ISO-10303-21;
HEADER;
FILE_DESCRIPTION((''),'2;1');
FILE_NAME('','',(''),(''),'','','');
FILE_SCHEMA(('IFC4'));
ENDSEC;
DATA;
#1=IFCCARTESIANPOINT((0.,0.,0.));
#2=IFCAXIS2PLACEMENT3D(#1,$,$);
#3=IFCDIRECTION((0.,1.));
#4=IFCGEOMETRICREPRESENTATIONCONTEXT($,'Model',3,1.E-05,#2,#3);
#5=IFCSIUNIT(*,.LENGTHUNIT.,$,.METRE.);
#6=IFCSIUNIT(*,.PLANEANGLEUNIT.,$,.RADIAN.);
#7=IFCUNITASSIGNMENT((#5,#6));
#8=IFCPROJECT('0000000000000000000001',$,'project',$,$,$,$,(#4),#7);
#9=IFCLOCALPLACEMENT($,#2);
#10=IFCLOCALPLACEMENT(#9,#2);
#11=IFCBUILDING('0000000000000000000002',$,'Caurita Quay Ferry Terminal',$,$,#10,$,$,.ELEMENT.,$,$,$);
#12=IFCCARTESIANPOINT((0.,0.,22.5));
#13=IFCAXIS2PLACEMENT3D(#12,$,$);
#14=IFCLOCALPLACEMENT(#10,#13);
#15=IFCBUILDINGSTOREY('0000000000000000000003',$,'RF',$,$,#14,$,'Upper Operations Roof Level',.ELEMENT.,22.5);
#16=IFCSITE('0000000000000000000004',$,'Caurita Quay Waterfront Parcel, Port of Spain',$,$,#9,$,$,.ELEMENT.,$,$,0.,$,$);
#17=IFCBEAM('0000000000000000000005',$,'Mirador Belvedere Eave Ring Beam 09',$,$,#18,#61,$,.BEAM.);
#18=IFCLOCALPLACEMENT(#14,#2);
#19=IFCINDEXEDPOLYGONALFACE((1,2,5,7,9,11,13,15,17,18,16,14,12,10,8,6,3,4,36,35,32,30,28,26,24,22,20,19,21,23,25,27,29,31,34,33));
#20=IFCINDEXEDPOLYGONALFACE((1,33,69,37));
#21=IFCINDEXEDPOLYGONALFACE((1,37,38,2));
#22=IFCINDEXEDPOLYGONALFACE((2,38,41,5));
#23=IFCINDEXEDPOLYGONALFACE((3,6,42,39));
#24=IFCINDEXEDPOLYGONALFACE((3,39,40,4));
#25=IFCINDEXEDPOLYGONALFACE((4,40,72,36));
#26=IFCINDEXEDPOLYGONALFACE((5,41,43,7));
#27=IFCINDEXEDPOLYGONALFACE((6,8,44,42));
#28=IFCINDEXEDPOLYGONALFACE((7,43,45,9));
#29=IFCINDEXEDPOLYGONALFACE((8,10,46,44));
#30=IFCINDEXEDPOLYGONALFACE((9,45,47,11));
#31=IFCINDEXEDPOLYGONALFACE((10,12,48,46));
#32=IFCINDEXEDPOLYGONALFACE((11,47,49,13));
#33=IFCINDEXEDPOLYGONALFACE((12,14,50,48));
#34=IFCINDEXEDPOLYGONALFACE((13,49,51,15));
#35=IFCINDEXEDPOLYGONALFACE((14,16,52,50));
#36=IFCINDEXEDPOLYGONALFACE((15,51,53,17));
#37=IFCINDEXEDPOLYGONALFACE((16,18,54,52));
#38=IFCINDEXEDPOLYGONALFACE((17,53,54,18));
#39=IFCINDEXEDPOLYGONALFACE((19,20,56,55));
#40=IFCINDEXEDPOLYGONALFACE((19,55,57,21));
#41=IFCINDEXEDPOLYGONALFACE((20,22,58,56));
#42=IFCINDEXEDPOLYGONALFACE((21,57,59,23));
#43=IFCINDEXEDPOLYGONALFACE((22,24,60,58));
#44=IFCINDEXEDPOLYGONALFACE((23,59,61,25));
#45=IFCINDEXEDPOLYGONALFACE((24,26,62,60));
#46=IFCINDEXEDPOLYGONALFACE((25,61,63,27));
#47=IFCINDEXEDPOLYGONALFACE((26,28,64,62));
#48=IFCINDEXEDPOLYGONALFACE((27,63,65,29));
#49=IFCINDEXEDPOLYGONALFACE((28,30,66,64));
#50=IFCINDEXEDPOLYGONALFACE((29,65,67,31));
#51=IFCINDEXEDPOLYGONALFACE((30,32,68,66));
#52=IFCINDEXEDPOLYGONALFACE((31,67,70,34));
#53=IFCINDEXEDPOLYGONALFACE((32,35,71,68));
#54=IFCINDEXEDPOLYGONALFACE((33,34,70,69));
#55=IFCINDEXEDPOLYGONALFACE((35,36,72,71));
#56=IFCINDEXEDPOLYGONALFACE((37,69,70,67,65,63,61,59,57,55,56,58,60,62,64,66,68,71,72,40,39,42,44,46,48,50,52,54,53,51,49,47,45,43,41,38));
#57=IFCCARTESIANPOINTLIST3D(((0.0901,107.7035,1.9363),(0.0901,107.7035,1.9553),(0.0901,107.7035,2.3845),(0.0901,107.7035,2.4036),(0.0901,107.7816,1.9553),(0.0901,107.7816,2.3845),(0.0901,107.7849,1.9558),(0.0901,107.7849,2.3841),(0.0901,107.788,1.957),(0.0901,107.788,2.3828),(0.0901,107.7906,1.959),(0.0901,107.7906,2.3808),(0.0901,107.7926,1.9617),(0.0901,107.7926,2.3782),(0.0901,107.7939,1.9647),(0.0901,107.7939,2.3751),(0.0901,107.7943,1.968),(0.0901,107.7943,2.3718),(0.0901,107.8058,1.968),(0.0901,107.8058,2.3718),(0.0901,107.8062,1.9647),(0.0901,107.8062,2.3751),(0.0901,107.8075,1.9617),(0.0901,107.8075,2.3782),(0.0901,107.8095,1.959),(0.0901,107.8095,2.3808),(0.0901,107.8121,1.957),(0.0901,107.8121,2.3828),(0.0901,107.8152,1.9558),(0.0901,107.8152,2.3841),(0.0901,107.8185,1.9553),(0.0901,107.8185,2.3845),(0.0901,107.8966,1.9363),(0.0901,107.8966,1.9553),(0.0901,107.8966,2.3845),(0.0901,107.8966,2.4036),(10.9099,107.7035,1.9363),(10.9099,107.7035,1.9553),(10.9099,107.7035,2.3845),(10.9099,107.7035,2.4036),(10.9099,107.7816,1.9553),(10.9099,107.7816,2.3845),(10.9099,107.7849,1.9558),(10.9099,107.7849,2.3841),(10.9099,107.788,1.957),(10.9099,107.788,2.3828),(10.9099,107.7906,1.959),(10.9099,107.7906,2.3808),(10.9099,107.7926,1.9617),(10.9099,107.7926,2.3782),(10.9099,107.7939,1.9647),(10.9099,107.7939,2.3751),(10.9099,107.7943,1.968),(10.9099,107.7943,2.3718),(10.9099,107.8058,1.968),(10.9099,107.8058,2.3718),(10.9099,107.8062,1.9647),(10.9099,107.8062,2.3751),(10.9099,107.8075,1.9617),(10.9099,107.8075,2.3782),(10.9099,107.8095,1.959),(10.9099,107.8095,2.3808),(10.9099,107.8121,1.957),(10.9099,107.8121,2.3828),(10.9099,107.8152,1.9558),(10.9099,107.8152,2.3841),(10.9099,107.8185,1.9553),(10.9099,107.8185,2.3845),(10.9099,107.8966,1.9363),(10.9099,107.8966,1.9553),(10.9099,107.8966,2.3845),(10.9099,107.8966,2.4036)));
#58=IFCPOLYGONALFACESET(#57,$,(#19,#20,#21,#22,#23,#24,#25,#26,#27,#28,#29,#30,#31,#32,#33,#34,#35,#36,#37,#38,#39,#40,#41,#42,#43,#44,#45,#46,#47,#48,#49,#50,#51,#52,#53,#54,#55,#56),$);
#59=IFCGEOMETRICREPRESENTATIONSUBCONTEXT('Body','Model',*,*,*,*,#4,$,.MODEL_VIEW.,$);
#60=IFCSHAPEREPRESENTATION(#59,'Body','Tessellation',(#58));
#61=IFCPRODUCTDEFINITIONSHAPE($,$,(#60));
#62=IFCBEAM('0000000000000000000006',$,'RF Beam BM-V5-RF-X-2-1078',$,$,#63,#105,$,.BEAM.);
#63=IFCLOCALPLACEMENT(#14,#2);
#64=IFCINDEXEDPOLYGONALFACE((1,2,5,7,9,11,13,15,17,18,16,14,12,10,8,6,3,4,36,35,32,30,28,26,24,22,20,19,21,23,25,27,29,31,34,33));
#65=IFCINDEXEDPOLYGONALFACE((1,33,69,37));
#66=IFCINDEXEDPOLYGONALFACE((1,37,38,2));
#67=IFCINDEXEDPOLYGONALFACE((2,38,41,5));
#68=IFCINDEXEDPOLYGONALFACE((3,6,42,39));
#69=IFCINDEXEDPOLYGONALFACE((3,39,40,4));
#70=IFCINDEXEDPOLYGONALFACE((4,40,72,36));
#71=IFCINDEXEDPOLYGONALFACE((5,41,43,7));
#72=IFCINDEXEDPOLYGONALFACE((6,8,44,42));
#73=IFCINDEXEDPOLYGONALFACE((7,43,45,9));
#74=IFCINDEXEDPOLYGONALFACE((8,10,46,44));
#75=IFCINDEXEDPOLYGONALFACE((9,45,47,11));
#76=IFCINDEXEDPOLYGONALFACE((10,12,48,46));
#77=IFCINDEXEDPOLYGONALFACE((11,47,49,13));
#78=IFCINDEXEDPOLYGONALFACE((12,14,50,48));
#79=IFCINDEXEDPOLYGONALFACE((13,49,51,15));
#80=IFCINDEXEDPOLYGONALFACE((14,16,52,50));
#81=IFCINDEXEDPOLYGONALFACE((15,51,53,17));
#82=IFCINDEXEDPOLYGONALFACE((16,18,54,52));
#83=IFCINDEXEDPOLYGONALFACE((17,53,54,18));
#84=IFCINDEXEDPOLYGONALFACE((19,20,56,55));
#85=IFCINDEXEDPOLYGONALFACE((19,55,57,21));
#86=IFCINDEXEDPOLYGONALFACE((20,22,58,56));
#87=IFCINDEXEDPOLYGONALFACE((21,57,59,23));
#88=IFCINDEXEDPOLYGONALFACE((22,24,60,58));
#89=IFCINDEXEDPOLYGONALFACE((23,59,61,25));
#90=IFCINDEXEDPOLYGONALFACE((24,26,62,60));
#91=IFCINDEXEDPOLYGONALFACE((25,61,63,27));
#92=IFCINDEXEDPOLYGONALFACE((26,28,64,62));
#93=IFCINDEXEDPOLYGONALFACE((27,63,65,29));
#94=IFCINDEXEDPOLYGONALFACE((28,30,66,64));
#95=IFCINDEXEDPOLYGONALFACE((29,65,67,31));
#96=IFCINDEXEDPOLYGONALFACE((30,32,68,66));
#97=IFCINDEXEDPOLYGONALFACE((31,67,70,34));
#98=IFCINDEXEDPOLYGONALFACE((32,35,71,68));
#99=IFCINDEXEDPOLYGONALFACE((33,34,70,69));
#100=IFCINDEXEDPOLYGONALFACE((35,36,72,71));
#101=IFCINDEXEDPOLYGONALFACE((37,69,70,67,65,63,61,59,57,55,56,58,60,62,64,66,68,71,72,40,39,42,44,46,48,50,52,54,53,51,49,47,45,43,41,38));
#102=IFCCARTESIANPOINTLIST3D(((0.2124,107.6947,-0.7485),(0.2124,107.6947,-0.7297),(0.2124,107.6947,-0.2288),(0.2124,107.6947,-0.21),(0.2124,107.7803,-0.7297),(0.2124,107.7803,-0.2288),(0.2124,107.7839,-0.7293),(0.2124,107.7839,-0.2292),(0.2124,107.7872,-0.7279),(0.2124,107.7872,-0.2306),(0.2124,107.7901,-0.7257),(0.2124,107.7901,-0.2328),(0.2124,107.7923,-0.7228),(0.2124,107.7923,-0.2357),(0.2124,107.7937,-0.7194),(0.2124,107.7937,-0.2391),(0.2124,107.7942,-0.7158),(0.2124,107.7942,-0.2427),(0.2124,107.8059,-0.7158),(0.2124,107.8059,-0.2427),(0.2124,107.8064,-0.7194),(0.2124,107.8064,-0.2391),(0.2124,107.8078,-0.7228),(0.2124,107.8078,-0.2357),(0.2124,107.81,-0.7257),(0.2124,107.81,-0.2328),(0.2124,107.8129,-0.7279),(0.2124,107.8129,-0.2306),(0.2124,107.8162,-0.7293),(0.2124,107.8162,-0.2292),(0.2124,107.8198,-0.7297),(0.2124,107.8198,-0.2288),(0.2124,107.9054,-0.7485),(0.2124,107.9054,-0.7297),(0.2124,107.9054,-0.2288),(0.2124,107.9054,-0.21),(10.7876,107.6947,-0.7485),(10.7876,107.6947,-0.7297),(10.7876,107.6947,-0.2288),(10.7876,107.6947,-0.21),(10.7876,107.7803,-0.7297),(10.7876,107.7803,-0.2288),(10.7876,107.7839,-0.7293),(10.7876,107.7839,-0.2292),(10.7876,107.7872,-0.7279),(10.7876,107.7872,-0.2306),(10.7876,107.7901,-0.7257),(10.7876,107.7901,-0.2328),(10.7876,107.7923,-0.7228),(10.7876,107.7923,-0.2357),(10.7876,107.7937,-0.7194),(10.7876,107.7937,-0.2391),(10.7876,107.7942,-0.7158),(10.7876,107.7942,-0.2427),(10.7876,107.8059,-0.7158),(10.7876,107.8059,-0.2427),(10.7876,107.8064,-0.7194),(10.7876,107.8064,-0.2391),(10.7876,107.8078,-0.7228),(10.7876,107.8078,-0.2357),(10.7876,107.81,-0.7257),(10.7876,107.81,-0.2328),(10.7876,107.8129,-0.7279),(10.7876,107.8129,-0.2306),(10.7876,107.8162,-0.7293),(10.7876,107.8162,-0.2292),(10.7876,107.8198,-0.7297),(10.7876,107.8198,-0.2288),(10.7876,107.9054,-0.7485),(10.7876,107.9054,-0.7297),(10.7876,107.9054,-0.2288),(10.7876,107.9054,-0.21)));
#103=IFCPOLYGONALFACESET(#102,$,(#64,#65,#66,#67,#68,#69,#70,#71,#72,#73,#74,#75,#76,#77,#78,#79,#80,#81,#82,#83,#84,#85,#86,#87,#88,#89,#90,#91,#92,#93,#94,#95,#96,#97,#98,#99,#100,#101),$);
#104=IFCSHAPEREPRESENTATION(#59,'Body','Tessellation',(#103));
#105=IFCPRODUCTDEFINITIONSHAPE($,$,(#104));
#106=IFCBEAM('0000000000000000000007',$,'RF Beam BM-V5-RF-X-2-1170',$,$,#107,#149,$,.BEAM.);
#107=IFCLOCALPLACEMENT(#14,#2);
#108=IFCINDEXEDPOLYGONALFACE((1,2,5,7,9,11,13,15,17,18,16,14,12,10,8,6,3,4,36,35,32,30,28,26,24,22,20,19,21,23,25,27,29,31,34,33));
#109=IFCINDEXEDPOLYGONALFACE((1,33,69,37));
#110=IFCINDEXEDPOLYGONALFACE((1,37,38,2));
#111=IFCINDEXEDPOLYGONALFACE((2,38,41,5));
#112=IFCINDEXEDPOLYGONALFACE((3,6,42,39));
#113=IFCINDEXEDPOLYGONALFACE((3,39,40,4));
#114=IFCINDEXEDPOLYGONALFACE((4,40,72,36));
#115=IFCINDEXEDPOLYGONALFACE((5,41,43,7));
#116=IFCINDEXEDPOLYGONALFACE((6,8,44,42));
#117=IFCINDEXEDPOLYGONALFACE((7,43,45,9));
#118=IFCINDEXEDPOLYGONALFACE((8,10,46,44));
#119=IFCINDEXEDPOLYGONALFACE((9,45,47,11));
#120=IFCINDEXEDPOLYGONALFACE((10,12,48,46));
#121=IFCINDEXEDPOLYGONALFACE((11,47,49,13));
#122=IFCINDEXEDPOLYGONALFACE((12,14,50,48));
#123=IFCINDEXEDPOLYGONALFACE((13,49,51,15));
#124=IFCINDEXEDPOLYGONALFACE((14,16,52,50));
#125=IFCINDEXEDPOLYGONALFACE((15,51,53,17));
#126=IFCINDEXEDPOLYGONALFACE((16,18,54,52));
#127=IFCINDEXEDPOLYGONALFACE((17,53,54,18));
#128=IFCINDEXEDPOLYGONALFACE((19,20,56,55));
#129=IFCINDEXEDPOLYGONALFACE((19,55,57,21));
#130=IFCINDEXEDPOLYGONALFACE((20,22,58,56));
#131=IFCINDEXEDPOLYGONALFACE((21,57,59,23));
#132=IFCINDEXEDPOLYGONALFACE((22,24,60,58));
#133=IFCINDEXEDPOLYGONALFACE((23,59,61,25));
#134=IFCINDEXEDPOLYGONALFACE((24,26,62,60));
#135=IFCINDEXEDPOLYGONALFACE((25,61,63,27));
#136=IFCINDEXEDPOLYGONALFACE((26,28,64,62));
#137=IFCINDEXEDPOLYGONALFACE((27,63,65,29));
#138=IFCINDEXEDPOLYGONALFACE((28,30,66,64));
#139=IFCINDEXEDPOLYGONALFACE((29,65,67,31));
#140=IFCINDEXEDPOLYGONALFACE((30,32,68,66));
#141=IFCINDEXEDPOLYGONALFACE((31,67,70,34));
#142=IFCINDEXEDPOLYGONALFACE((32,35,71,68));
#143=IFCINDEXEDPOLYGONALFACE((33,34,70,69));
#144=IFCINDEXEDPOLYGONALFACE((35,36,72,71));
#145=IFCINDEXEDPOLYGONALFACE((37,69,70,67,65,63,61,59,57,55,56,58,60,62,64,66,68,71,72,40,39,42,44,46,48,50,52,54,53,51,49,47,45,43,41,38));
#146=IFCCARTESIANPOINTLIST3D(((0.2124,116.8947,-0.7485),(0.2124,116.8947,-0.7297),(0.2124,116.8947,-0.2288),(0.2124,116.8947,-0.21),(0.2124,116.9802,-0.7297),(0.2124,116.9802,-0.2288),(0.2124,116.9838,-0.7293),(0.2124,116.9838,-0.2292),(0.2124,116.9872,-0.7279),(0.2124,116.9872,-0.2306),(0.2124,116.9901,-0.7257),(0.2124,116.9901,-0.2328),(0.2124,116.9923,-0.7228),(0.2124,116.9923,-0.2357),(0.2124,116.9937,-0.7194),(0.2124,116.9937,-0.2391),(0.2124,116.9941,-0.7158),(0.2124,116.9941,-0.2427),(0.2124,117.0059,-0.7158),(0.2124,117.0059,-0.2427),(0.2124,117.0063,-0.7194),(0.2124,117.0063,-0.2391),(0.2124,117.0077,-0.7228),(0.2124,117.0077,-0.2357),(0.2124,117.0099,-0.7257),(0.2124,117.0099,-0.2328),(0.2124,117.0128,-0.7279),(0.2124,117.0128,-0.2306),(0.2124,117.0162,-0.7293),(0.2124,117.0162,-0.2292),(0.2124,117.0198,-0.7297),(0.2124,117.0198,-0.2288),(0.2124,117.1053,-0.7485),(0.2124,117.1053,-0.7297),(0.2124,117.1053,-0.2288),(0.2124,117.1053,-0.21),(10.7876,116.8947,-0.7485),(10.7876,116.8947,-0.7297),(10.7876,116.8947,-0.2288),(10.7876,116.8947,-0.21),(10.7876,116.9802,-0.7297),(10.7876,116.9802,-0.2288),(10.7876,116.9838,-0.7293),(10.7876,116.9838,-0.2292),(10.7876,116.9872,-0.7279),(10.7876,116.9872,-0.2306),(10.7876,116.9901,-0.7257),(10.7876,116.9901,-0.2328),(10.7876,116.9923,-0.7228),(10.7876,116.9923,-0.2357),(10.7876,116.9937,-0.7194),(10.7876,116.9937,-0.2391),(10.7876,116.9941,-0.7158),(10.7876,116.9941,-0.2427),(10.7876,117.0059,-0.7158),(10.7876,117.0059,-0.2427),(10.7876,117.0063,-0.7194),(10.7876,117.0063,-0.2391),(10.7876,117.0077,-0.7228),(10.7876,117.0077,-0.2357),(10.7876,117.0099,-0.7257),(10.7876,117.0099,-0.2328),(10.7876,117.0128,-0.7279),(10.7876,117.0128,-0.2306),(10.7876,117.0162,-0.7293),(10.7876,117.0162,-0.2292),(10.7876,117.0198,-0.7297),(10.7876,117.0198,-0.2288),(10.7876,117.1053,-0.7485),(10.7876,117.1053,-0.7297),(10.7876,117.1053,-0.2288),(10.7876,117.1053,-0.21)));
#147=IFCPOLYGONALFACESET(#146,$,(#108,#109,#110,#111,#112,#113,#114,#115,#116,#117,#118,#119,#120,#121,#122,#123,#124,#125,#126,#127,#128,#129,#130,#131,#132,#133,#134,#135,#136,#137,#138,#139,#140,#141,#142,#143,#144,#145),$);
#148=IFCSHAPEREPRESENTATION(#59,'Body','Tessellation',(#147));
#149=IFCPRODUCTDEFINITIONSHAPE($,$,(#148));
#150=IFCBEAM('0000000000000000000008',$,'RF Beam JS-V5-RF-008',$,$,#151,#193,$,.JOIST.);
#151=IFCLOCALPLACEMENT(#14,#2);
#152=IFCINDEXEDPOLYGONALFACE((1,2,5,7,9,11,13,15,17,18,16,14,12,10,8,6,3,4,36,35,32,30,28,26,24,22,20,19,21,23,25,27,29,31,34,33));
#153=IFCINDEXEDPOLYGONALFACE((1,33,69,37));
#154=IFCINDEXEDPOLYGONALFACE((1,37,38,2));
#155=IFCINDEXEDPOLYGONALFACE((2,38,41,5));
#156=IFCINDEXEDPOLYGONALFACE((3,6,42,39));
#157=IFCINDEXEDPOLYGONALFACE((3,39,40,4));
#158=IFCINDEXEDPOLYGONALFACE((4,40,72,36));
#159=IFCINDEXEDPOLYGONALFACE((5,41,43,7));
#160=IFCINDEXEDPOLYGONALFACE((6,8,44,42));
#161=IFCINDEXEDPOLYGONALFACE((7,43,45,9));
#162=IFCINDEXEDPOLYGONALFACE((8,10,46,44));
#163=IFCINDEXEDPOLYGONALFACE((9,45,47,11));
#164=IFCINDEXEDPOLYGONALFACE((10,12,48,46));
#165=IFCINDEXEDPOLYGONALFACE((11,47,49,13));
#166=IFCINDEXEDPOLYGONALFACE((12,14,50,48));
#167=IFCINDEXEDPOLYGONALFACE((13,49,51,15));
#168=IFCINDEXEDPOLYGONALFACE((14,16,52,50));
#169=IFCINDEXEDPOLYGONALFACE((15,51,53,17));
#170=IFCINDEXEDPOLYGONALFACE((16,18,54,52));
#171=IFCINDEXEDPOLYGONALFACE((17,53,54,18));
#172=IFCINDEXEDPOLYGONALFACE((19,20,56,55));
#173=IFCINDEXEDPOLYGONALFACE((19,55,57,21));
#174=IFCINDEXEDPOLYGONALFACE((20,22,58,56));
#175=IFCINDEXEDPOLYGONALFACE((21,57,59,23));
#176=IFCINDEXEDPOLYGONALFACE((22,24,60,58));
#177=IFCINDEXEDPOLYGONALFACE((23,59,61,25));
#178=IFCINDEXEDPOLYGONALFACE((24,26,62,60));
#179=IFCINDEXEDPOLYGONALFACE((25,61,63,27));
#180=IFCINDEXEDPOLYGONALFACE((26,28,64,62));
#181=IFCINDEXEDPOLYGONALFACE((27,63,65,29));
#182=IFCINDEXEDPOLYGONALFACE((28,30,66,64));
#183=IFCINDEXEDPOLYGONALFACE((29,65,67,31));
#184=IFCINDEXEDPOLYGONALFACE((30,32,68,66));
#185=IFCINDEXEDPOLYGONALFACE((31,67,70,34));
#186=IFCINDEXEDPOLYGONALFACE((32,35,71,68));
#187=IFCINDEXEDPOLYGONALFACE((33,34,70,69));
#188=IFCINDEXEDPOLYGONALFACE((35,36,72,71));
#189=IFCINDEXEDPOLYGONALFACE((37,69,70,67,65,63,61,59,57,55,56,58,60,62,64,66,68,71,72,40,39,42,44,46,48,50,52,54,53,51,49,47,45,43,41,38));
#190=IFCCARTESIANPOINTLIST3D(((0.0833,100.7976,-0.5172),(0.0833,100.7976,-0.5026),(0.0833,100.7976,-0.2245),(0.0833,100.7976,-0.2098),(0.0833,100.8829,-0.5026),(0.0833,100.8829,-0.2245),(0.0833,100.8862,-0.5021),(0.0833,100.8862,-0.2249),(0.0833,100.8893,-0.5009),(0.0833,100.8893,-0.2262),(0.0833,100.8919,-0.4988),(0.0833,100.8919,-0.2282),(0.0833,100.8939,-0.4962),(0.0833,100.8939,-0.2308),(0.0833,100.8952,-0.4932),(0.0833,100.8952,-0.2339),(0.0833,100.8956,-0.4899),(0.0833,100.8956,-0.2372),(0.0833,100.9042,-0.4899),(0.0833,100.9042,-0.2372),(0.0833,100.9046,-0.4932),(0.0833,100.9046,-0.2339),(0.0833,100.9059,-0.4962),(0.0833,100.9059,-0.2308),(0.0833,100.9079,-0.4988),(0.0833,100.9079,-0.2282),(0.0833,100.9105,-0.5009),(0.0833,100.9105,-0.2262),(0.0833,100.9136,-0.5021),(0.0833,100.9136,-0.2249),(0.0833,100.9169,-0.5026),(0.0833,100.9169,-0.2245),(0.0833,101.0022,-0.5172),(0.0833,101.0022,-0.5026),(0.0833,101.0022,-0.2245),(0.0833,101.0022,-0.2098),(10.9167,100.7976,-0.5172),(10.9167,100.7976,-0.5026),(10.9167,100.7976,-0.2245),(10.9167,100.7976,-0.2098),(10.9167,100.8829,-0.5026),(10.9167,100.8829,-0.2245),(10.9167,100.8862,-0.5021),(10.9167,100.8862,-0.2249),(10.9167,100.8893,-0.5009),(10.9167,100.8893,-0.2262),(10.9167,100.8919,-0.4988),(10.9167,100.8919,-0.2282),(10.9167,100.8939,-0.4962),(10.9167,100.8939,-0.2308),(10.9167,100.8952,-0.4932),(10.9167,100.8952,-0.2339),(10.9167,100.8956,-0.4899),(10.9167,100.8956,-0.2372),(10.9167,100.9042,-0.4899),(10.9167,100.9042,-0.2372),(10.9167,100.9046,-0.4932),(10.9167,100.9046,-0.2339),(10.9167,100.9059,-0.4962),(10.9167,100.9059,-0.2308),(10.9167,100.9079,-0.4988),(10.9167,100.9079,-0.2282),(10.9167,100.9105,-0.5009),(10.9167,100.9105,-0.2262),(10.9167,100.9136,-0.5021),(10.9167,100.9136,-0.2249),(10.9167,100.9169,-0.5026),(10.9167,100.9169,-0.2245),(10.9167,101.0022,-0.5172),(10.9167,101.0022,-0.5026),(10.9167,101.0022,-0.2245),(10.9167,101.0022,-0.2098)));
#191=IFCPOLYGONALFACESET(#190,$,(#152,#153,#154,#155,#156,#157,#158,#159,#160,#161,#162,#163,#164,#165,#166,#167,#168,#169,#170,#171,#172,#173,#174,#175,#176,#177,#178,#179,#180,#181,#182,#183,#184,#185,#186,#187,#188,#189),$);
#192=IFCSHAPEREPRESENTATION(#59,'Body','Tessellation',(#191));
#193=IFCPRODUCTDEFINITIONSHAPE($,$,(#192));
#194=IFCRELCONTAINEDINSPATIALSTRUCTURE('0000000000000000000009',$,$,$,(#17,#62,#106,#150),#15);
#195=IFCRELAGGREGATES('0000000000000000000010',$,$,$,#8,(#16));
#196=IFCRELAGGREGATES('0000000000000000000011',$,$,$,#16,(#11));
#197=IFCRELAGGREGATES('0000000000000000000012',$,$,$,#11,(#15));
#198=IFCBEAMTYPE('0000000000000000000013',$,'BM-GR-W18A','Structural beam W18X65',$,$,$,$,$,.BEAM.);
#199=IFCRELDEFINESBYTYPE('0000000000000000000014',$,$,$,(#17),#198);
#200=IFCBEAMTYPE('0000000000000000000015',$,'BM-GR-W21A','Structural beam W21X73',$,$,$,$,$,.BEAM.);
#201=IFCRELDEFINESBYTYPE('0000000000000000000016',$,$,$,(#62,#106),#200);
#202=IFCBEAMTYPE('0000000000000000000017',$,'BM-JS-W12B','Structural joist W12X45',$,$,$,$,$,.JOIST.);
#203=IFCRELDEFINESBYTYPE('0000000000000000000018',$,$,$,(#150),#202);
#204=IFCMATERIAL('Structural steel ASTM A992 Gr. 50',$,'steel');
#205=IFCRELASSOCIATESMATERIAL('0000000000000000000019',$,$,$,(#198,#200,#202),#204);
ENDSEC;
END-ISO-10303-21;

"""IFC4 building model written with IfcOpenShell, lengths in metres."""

from ifc_helpers import new_model, si_unit, direction, frame, origin, origin_2d, place, context, subcontext, project, spatial, i_section, extrude, material, material_profile, profile_set, type_object, element, save


model = new_model("IFC4")

# Units and contexts
model_context = context("Model", 3, precision=1e-05, world=origin(), true_north=direction((0.0, 1.0)))
body_context = subcontext(model_context, "Body", "Model", "MODEL_VIEW")
ifc_project = project(units=[si_unit("LENGTHUNIT", "METRE"), si_unit("PLANEANGLEUNIT", "RADIAN")], contexts=[model_context])

# Site, building, storey
site_placement = place(None, origin())
site = spatial("IfcSite", under=ifc_project, at=site_placement, Name="Caurita Quay Waterfront Parcel, Port of Spain", CompositionType="ELEMENT", RefElevation=0.0)
building_placement = place(site_placement, origin())
building = spatial("IfcBuilding", under=site, at=building_placement, Name="Caurita Quay Ferry Terminal", CompositionType="ELEMENT")
storey_placement = place(building_placement, frame((0.0, 0.0, 22.5)))
storey = spatial("IfcBuildingStorey", under=building, at=storey_placement, Name="RF", LongName="Upper Operations Roof Level", CompositionType="ELEMENT", Elevation=22.5)

# Beams
ifc_material_1 = material(Name="Structural steel ASTM A992 Gr. 50", Category="steel")
ifc_material_profile_1 = material_profile(ifc_material_1, i_section(OverallWidth=0.1931, OverallDepth=0.4673, WebThickness=0.0115, FlangeThickness=0.019, FilletRadius=0.0127, at=origin_2d()), Name="W18X65")
ifc_profile_set_1 = profile_set([ifc_material_profile_1], Name="Structural steel ASTM A992 Gr. 50")
beam_type_1 = type_object("IfcBeamType", Name="BM-GR-W18A", Description="Structural beam W18X65", PredefinedType="BEAM", material=ifc_profile_set_1)
beam_1_placement = place(storey_placement, frame((0.0901, 107.8, 2.1699), z_axis=(1.0, 0.0, 0.0), x_axis=(0.0, 1.0, 0.0)))
element("IfcBeam", 1, at=beam_1_placement, inside=storey, type_object=beam_type_1, Name="Mirador Belvedere Eave Ring Beam 09", PredefinedType="BEAM", context=body_context, shape_type="SweptSolid", body=[
    extrude(i_section(OverallWidth=0.1931, OverallDepth=0.4673, WebThickness=0.0115, FlangeThickness=0.019, FilletRadius=0.0127, at=origin_2d()), origin(), (0.0, 0.0, 1.0), 10.8198),
])
ifc_material_profile_2 = material_profile(ifc_material_1, i_section(OverallWidth=0.2107, OverallDepth=0.5386, WebThickness=0.0117, FlangeThickness=0.0188, FilletRadius=0.0139, at=origin_2d()), Name="W21X73")
ifc_profile_set_2 = profile_set([ifc_material_profile_2], Name="Structural steel ASTM A992 Gr. 50")
beam_type_2 = type_object("IfcBeamType", Name="BM-GR-W21A", Description="Structural beam W21X73", PredefinedType="BEAM", material=ifc_profile_set_2)
for number, where, z_axis, x_axis, name in (
    (2, (0.2124, 107.8, -0.4792), (1.0, 0.0, 0.0), (0.0, 1.0, 0.0), "RF Beam BM-V5-RF-X-2-1078"),
    (3, (0.2124, 117.0, -0.4792), (1.0, 0.0, 0.0), (0.0, 1.0, 0.0), "RF Beam BM-V5-RF-X-2-1170"),
):
    element("IfcBeam", number, at=place(storey_placement, frame(where, z_axis=z_axis, x_axis=x_axis)), inside=storey, type_object=beam_type_2, Name=name, PredefinedType="BEAM", context=body_context, shape_type="SweptSolid", body=[
        extrude(i_section(OverallWidth=0.2107, OverallDepth=0.5386, WebThickness=0.0117, FlangeThickness=0.0188, FilletRadius=0.0139, at=origin_2d()), origin(), (0.0, 0.0, 1.0), 10.5752),
    ])
ifc_material_profile_3 = material_profile(ifc_material_1, i_section(OverallWidth=0.2046, OverallDepth=0.3074, WebThickness=0.0085, FlangeThickness=0.0146, FilletRadius=0.0127, at=origin_2d()), Name="W12X45")
ifc_profile_set_3 = profile_set([ifc_material_profile_3], Name="Structural steel ASTM A992 Gr. 50")
beam_type_3 = type_object("IfcBeamType", Name="BM-JS-W12B", Description="Structural joist W12X45", PredefinedType="JOIST", material=ifc_profile_set_3)
for number, where, z_axis, x_axis, name in (
    (4, (0.0833, 100.8999, -0.3635), (1.0, 0.0, 0.0), (0.0, 1.0, 0.0), "RF Beam JS-V5-RF-008"),
):
    element("IfcBeam", number, at=place(storey_placement, frame(where, z_axis=z_axis, x_axis=x_axis)), inside=storey, type_object=beam_type_3, Name=name, PredefinedType="JOIST", context=body_context, shape_type="SweptSolid", body=[
        extrude(i_section(OverallWidth=0.2046, OverallDepth=0.3074, WebThickness=0.0085, FlangeThickness=0.0146, FilletRadius=0.0127, at=origin_2d()), origin(), (0.0, 0.0, 1.0), 10.8335),
    ])

save(model, "model.ifc")
